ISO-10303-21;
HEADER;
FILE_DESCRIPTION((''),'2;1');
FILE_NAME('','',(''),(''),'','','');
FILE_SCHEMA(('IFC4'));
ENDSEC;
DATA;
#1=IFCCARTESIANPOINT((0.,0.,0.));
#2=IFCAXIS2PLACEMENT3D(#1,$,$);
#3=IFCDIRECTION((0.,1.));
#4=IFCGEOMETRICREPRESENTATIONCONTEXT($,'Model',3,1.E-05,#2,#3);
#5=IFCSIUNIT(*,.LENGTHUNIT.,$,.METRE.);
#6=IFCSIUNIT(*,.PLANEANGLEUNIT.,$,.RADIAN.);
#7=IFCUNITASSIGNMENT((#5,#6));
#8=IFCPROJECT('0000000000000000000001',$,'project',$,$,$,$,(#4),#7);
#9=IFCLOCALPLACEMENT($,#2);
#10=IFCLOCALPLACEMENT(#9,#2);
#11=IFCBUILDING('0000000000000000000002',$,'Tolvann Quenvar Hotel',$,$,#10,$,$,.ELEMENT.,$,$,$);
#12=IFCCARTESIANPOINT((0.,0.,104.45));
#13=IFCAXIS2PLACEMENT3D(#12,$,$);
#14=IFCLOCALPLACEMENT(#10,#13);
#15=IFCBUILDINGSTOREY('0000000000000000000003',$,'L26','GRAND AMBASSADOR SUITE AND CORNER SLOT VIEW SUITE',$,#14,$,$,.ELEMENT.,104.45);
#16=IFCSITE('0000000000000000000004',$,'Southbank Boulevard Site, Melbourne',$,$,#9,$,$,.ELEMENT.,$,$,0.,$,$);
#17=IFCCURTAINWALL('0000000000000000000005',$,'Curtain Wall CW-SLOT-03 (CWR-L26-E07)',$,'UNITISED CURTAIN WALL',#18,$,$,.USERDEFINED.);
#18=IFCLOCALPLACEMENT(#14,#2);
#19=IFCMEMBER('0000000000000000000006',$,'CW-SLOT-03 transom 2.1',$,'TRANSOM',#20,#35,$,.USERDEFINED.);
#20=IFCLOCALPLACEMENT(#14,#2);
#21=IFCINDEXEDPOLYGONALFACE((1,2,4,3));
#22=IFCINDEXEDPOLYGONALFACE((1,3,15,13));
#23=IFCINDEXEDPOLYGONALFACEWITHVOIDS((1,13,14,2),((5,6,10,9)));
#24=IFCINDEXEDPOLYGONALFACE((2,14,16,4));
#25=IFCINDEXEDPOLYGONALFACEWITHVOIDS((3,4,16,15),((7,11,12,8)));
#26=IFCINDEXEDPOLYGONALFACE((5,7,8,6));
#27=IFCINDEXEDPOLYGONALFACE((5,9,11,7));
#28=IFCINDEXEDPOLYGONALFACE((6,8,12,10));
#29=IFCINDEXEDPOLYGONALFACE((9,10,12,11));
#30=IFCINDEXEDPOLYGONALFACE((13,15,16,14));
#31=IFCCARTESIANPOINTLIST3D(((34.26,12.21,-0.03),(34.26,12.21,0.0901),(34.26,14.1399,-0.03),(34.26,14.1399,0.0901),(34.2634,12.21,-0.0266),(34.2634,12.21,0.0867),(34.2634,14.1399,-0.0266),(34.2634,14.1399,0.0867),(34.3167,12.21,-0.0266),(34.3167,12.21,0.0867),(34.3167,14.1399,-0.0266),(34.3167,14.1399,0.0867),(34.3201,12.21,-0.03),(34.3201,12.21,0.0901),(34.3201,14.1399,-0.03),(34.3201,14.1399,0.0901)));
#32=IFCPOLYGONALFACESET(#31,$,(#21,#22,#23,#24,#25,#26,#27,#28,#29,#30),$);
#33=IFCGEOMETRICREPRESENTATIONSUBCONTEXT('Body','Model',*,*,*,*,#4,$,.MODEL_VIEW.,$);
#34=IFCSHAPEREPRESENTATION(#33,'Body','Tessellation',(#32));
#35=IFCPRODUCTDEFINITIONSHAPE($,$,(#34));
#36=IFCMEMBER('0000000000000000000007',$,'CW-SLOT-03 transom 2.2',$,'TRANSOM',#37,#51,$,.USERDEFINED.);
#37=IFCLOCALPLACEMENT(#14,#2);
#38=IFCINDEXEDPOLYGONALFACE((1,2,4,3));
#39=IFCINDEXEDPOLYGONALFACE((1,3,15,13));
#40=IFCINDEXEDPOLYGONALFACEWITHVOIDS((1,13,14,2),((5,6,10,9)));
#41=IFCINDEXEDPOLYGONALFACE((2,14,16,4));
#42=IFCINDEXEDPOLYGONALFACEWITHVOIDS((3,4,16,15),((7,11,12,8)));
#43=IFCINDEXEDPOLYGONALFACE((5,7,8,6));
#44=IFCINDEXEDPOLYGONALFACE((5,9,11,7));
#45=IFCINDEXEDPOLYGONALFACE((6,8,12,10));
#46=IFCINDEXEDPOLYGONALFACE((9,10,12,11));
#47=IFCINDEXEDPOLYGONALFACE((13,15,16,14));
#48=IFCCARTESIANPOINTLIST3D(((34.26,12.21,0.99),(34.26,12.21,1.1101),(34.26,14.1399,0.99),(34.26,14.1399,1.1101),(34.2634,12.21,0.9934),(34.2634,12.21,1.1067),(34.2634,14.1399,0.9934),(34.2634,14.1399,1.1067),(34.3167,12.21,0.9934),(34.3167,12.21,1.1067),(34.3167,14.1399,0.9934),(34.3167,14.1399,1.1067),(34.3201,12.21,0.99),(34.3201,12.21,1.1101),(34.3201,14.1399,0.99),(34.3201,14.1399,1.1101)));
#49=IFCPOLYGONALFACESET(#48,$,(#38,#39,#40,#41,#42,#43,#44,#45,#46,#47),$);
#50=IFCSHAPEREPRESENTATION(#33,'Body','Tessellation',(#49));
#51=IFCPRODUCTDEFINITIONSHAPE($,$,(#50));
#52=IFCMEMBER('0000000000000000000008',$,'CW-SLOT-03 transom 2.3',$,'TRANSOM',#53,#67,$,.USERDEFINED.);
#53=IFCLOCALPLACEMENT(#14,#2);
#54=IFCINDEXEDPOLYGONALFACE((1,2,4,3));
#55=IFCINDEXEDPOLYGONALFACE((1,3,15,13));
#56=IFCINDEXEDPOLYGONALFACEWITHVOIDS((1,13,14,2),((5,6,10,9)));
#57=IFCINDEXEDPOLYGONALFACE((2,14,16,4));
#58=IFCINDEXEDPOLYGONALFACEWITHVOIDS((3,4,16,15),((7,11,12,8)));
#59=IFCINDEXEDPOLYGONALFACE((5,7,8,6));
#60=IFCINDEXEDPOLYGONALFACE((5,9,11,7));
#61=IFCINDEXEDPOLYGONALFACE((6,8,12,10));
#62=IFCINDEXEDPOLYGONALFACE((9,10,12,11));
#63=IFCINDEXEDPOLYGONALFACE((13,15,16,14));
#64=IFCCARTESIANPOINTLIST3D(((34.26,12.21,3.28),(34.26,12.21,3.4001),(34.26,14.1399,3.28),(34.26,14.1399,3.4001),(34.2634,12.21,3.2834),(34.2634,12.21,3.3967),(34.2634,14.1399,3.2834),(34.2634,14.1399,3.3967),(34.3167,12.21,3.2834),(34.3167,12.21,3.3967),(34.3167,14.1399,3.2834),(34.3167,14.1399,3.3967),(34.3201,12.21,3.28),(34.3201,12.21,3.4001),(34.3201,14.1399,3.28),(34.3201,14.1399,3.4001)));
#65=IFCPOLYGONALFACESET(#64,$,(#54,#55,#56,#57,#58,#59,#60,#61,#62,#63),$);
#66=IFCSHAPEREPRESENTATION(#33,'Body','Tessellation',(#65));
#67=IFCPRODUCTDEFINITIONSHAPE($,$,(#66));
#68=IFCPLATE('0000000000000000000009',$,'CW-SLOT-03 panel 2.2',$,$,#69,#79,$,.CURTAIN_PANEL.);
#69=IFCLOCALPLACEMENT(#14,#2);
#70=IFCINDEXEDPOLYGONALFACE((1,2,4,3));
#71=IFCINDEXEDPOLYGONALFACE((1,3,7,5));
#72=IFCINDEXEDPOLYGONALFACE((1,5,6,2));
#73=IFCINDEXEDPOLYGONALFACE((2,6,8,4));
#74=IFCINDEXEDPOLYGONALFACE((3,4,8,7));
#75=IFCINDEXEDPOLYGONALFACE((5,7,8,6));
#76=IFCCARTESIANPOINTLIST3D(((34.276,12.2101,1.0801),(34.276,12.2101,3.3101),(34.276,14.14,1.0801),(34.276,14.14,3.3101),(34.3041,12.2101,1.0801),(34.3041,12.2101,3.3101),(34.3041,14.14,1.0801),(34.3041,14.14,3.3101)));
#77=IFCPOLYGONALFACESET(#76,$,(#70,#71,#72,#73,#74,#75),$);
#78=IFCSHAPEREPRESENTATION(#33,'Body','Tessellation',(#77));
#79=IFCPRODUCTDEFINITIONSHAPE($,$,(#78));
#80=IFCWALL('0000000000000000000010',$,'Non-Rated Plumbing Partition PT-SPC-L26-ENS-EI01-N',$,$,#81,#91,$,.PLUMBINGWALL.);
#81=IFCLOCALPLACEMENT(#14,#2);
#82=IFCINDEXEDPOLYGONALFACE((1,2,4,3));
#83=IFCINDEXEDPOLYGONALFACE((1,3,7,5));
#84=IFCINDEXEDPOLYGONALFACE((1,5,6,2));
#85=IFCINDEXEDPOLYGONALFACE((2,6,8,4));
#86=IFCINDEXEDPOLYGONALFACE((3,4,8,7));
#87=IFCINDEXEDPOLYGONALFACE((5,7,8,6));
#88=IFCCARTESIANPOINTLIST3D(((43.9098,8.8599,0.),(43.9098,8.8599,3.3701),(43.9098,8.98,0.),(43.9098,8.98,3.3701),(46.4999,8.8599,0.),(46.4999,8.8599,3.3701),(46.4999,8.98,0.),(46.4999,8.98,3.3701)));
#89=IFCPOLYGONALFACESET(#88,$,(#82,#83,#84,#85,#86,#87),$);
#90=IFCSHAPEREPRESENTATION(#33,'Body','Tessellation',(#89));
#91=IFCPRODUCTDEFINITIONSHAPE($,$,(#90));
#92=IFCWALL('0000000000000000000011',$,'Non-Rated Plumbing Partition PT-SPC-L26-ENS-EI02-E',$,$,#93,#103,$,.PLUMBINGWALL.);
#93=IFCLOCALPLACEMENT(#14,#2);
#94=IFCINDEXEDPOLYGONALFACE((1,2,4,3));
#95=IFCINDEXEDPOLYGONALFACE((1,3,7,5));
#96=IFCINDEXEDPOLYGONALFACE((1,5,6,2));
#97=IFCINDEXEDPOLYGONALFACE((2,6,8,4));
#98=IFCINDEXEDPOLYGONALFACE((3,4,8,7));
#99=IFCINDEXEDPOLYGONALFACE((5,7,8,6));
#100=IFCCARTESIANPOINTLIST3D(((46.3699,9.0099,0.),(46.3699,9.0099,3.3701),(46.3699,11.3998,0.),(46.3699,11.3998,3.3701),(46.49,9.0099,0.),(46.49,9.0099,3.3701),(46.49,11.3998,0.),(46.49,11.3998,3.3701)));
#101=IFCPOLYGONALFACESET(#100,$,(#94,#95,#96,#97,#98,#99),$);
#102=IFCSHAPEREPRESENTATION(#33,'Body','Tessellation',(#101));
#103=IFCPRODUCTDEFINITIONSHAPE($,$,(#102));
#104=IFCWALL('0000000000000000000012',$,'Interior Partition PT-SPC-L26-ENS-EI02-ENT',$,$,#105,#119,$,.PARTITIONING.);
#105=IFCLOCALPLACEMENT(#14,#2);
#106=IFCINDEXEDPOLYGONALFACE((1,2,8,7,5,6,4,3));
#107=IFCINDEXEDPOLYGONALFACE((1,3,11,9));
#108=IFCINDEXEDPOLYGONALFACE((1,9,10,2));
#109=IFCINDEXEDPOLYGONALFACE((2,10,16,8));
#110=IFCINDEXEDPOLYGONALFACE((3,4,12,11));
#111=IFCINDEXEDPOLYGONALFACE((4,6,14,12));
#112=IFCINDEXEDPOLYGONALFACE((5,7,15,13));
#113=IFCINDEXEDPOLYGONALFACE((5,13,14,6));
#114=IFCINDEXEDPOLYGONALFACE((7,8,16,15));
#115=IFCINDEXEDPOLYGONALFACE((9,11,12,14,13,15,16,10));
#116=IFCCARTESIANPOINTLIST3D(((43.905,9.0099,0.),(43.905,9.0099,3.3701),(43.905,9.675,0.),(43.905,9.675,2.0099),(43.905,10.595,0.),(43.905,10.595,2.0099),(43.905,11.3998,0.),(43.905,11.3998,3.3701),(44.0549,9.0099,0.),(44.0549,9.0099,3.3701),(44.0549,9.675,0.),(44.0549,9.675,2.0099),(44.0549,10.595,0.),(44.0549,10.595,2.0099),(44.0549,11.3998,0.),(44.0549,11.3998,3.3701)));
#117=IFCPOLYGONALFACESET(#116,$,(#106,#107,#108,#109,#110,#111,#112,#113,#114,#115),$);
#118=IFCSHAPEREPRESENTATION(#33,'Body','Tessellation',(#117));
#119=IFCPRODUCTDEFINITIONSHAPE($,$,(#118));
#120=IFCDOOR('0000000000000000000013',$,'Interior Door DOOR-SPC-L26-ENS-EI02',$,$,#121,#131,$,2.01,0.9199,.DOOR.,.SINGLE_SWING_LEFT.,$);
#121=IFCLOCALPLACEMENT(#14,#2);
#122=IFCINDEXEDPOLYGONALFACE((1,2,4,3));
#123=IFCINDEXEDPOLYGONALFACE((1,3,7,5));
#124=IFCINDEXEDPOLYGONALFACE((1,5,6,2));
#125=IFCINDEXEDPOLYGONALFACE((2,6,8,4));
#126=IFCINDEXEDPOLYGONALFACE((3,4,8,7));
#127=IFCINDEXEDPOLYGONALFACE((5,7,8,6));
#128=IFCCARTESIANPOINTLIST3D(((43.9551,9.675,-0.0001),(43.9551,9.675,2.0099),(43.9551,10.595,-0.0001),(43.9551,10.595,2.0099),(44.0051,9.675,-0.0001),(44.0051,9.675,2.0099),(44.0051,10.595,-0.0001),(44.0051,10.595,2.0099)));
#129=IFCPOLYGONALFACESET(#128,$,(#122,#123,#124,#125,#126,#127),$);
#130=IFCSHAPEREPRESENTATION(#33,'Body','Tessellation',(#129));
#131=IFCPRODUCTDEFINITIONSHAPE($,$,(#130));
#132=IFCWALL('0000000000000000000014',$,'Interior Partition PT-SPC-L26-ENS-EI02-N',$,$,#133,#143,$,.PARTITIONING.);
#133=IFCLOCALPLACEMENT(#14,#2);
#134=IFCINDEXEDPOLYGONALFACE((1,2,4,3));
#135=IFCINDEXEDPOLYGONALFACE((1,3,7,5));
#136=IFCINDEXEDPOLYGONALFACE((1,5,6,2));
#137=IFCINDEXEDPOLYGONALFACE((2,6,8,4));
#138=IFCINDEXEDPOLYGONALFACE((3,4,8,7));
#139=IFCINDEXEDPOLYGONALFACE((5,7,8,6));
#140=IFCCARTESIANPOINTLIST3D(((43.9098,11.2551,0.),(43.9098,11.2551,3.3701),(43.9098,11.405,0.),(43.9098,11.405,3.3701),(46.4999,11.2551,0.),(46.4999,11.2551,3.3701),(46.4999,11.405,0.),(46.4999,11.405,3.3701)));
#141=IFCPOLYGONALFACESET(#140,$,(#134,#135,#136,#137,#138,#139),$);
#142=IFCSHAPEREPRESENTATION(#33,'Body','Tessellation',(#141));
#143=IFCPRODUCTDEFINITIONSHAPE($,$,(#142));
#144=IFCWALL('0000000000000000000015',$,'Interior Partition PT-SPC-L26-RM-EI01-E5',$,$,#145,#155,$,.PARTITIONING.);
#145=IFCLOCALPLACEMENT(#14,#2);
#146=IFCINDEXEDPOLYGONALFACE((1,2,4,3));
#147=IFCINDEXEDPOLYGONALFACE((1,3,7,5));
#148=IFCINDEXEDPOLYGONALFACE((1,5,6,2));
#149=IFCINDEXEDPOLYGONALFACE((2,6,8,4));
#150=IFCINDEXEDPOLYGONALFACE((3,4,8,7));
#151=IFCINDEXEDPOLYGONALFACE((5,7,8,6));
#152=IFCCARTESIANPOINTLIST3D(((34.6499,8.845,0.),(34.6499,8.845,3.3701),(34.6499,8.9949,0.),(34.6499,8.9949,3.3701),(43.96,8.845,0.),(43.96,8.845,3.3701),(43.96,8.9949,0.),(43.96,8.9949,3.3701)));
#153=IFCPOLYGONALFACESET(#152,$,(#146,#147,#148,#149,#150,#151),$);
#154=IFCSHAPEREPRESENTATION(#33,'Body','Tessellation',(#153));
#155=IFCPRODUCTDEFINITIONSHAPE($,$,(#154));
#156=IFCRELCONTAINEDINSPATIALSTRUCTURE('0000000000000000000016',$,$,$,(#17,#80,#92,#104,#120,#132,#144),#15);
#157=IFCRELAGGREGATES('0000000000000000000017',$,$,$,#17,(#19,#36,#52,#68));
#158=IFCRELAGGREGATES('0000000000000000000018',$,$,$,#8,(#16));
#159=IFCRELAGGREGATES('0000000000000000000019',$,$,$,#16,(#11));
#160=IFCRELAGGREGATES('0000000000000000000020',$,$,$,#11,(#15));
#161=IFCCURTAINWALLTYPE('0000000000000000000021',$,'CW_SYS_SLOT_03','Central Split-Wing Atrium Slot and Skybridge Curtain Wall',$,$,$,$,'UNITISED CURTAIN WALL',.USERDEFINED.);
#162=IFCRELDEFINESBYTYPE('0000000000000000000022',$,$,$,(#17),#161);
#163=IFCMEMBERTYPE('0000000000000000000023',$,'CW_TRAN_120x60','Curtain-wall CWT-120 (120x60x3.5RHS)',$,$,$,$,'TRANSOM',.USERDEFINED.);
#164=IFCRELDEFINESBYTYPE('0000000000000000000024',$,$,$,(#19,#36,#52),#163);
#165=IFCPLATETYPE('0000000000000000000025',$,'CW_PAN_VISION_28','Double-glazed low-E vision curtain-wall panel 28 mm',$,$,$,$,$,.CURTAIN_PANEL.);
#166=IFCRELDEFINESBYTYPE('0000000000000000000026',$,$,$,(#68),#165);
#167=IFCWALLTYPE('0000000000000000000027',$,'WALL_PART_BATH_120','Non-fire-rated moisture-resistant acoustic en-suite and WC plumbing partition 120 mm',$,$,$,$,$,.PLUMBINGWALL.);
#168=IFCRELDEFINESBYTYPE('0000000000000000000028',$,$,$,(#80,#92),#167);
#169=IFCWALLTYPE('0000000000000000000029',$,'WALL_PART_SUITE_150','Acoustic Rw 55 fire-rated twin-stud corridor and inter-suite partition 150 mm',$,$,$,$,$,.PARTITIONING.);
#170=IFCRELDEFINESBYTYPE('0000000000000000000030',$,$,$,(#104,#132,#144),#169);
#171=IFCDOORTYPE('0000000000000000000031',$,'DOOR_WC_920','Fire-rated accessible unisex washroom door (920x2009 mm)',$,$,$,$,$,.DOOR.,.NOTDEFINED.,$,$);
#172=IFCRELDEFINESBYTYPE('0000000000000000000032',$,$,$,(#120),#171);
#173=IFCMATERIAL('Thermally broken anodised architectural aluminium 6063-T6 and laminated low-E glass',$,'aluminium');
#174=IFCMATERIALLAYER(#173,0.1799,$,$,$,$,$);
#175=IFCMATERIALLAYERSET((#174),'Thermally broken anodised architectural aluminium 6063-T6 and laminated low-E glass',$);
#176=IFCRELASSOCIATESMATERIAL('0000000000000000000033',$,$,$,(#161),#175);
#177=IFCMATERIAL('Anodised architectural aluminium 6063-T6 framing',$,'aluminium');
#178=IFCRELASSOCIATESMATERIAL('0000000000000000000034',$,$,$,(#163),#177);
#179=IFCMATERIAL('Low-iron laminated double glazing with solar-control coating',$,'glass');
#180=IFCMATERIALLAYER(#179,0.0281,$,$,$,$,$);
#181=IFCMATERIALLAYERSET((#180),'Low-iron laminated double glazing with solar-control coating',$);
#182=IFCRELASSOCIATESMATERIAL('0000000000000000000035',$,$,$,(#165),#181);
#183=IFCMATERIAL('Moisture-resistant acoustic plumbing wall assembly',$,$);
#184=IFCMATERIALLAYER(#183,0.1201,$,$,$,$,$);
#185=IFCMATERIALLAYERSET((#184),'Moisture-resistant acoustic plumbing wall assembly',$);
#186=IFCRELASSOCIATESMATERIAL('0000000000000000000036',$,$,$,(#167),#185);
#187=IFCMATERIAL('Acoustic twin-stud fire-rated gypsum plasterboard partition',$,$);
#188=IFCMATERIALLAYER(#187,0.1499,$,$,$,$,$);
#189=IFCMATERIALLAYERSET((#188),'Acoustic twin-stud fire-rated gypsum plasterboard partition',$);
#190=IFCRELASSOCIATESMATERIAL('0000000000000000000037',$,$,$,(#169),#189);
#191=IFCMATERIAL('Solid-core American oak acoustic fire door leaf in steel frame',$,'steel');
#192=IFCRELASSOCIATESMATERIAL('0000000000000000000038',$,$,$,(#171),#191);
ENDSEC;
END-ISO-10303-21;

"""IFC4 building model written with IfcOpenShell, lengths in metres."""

from ifc_helpers import new_model, si_unit, direction, frame, frame_2d, origin, origin_2d, place, context, subcontext, project, spatial, rectangle, hollow_rectangle, extrude, source, transform, mapped, material, layer, layer_set, material_profile, profile_set, type_object, type_shapes, element, fill, aggregate, save


model = new_model("IFC4")

# Units and contexts
model_context = context("Model", 3, precision=1e-05, world=origin(), true_north=direction((0.0, 1.0)))
body_context = subcontext(model_context, "Body", "Model", "MODEL_VIEW")
ifc_project = project(units=[si_unit("LENGTHUNIT", "METRE"), si_unit("PLANEANGLEUNIT", "RADIAN")], contexts=[model_context])

# Site, building, storey
site_placement = place(None, origin())
site = spatial("IfcSite", under=ifc_project, at=site_placement, Name="Southbank Boulevard Site, Melbourne", CompositionType="ELEMENT", RefElevation=0.0)
building_placement = place(site_placement, origin())
building = spatial("IfcBuilding", under=site, at=building_placement, Name="Tolvann Quenvar Hotel", CompositionType="ELEMENT")
storey_placement = place(building_placement, frame((0.0, 0.0, 104.45)))
storey = spatial("IfcBuildingStorey", under=building, at=storey_placement, Name="L26", Description="GRAND AMBASSADOR SUITE AND CORNER SLOT VIEW SUITE", CompositionType="ELEMENT", Elevation=104.45)

# Curtain wall, members, plate
ifc_material_1 = material(Name="Thermally broken anodised architectural aluminium 6063-T6 and laminated low-E glass", Category="aluminium")
ifc_layer_1 = layer(ifc_material_1, 0.1799)
ifc_layer_set_1 = layer_set([ifc_layer_1], Name="Thermally broken anodised architectural aluminium 6063-T6 and laminated low-E glass")
curtain_wall_type = type_object("IfcCurtainWallType", Name="CW_SYS_SLOT_03", Description="Central Split-Wing Atrium Slot and Skybridge Curtain Wall", ElementType="UNITISED CURTAIN WALL", PredefinedType="USERDEFINED", material=ifc_layer_set_1)
curtain_wall_placement = place(storey_placement, origin())
curtain_wall = element("IfcCurtainWall", 1, at=curtain_wall_placement, inside=storey, type_object=curtain_wall_type, Name="Curtain Wall CW-SLOT-03 (CWR-L26-E07)", ObjectType="UNITISED CURTAIN WALL", PredefinedType="USERDEFINED")
ifc_material_2 = material(Name="Anodised architectural aluminium 6063-T6 framing", Category="aluminium")
ifc_material_profile_1 = material_profile(ifc_material_2, hollow_rectangle(XDim=0.0601, YDim=0.1201, WallThickness=0.0034, at=origin_2d()), Name="120x60x3.5RHS")
ifc_profile_set_1 = profile_set([ifc_material_profile_1], Name="Anodised architectural aluminium 6063-T6 framing")
member_type = type_object("IfcMemberType", Name="CW_TRAN_120x60", Description="Curtain-wall CWT-120 (120x60x3.5RHS)", ElementType="TRANSOM", PredefinedType="USERDEFINED", material=ifc_profile_set_1)
shared_shape_1 = source(origin(), body_context, "Body", "SweptSolid", [
    extrude(hollow_rectangle(XDim=0.0601, YDim=0.1201, WallThickness=0.0034, at=origin_2d()), origin(), (0.0, 0.0, 1.0), 1.9299),
])
type_shapes(member_type, [shared_shape_1])
member_1_placement = place(storey_placement, frame((34.29, 14.1399, 0.03), z_axis=(0.0, -1.0, 0.0), x_axis=(1.0, 0.0, 0.0)))
member_1 = element("IfcMember", 2, at=member_1_placement, type_object=member_type, Name="CW-SLOT-03 transom 2.1", ObjectType="TRANSOM", PredefinedType="USERDEFINED", context=body_context, shape_type="MappedRepresentation", body=[
    mapped(shared_shape_1, transform((0.0, 0.0, 0.0), x_axis=(1.0, 0.0, 0.0), y_axis=(0.0, 1.0, 0.0), z_axis=(0.0, 0.0, 1.0), scale=1.0)),
])
member_2_placement = place(storey_placement, frame((34.29, 14.1399, 1.05), z_axis=(0.0, -1.0, 0.0), x_axis=(1.0, 0.0, 0.0)))
member_2 = element("IfcMember", 3, at=member_2_placement, type_object=member_type, Name="CW-SLOT-03 transom 2.2", ObjectType="TRANSOM", PredefinedType="USERDEFINED", context=body_context, shape_type="MappedRepresentation", body=[
    mapped(shared_shape_1, transform((0.0, 0.0, 0.0), x_axis=(1.0, 0.0, 0.0), y_axis=(0.0, 1.0, 0.0), z_axis=(0.0, 0.0, 1.0), scale=1.0)),
])
member_3_placement = place(storey_placement, frame((34.29, 14.1399, 3.3401), z_axis=(0.0, -1.0, 0.0), x_axis=(1.0, 0.0, 0.0)))
member_3 = element("IfcMember", 4, at=member_3_placement, type_object=member_type, Name="CW-SLOT-03 transom 2.3", ObjectType="TRANSOM", PredefinedType="USERDEFINED", context=body_context, shape_type="MappedRepresentation", body=[
    mapped(shared_shape_1, transform((0.0, 0.0, 0.0), x_axis=(1.0, 0.0, 0.0), y_axis=(0.0, 1.0, 0.0), z_axis=(0.0, 0.0, 1.0), scale=1.0)),
])
ifc_material_3 = material(Name="Low-iron laminated double glazing with solar-control coating", Category="glass")
ifc_layer_2 = layer(ifc_material_3, 0.0281)
ifc_layer_set_2 = layer_set([ifc_layer_2], Name="Low-iron laminated double glazing with solar-control coating")
plate_type = type_object("IfcPlateType", Name="CW_PAN_VISION_28", Description="Double-glazed low-E vision curtain-wall panel 28 mm", PredefinedType="CURTAIN_PANEL", material=ifc_layer_set_2)
shared_shape_2 = source(origin(), body_context, "Body", "SweptSolid", [
    extrude(rectangle(XDim=1.9299, YDim=0.0281, at=origin_2d()), origin(), (0.0, 0.0, 1.0), 2.23),
])
type_shapes(plate_type, [shared_shape_2])
plate_placement = place(storey_placement, frame((34.29, 13.175, 1.0801), z_axis=(0.0, 0.0, 1.0), x_axis=(0.0, -1.0, 0.0)))
plate = element("IfcPlate", 5, at=plate_placement, type_object=plate_type, Name="CW-SLOT-03 panel 2.2", PredefinedType="CURTAIN_PANEL", context=body_context, shape_type="MappedRepresentation", body=[
    mapped(shared_shape_2, transform((0.0, 0.0, 0.0), x_axis=(1.0, 0.0, 0.0), y_axis=(0.0, 1.0, 0.0), z_axis=(0.0, 0.0, 1.0), scale=1.0)),
])
aggregate(curtain_wall, [member_1, member_2, member_3, plate])

# Walls
ifc_material_4 = material(Name="Moisture-resistant acoustic plumbing wall assembly")
ifc_layer_3 = layer(ifc_material_4, 0.1201)
ifc_layer_set_3 = layer_set([ifc_layer_3], Name="Moisture-resistant acoustic plumbing wall assembly")
wall_type_1 = type_object("IfcWallType", Name="WALL_PART_BATH_120", Description="Non-fire-rated moisture-resistant acoustic en-suite and WC plumbing partition 120 mm", PredefinedType="PLUMBINGWALL", material=ifc_layer_set_3)
wall_1_placement = place(storey_placement, frame((43.9099, 8.9199, 0.0), z_axis=(0.0, 0.0, 1.0), x_axis=(1.0, 0.0, 0.0)))
element("IfcWall", 6, at=wall_1_placement, inside=storey, type_object=wall_type_1, Name="Non-Rated Plumbing Partition PT-SPC-L26-ENS-EI01-N", PredefinedType="PLUMBINGWALL", context=body_context, shape_type="SweptSolid", body=[
    extrude(rectangle(XDim=2.5901, YDim=0.1201, at=frame_2d((1.2949, 0.0))), origin(), (0.0, 0.0, 1.0), 3.3701),
])
wall_2_placement = place(storey_placement, frame((46.4299, 9.01, 0.0), z_axis=(0.0, 0.0, 1.0), x_axis=(0.0, 1.0, 0.0)))
element("IfcWall", 7, at=wall_2_placement, inside=storey, type_object=wall_type_1, Name="Non-Rated Plumbing Partition PT-SPC-L26-ENS-EI02-E", PredefinedType="PLUMBINGWALL", context=body_context, shape_type="SweptSolid", body=[
    extrude(rectangle(XDim=2.3899, YDim=0.1201, at=frame_2d((1.1948, 0.0))), origin(), (0.0, 0.0, 1.0), 3.3701),
])

# Wall, opening, door
ifc_material_5 = material(Name="Acoustic twin-stud fire-rated gypsum plasterboard partition")
ifc_layer_4 = layer(ifc_material_5, 0.1499)
ifc_layer_set_4 = layer_set([ifc_layer_4], Name="Acoustic twin-stud fire-rated gypsum plasterboard partition")
wall_type_2 = type_object("IfcWallType", Name="WALL_PART_SUITE_150", Description="Acoustic Rw 55 fire-rated twin-stud corridor and inter-suite partition 150 mm", PredefinedType="PARTITIONING", material=ifc_layer_set_4)
wall_3_placement = place(storey_placement, frame((43.98, 9.01, 0.0), z_axis=(0.0, 0.0, 1.0), x_axis=(0.0, 1.0, 0.0)))
wall_3 = element("IfcWall", 8, at=wall_3_placement, inside=storey, type_object=wall_type_2, Name="Interior Partition PT-SPC-L26-ENS-EI02-ENT", PredefinedType="PARTITIONING", context=body_context, shape_type="SweptSolid", body=[
    extrude(rectangle(XDim=2.3899, YDim=0.1499, at=frame_2d((1.1948, 0.0))), origin(), (0.0, 0.0, 1.0), 3.3701),
])
opening_1_placement = place(wall_3_placement, frame((0.665, 0.0, 0.0)))
opening_1 = element("IfcOpeningElement", 9, at=opening_1_placement, cuts=wall_3, PredefinedType="OPENING", context=body_context, shape_type="SweptSolid", body=[
    extrude(rectangle(XDim=0.9199, YDim=2.01, at=frame_2d((0.46, 1.0049))), frame((0.0, 0.085, 0.0), z_axis=(0.0, -1.0, 0.0), x_axis=(1.0, 0.0, 0.0)), (0.0, 0.0, 1.0), 0.1699),
])
ifc_material_6 = material(Name="Solid-core American oak acoustic fire door leaf in steel frame", Category="steel")
door_type_1 = type_object("IfcDoorType", Name="DOOR_WC_920", Description="Fire-rated accessible unisex washroom door (920x2009 mm)", OperationType="NOTDEFINED", PredefinedType="DOOR", material=ifc_material_6)
shared_shape_3 = source(origin(), body_context, "Body", "SweptSolid", [
    extrude(rectangle(XDim=0.9199, YDim=2.01, at=frame_2d((0.46, 1.0049))), frame((0.0, 0.0249, 0.0), z_axis=(0.0, -1.0, 0.0), x_axis=(1.0, 0.0, 0.0)), (0.0, 0.0, 1.0), 0.05),
])
type_shapes(door_type_1, [shared_shape_3])
door_1_placement = place(opening_1_placement, origin())
door_1 = element("IfcDoor", 10, at=door_1_placement, inside=storey, type_object=door_type_1, Name="Interior Door DOOR-SPC-L26-ENS-EI02", OperationType="SINGLE_SWING_LEFT", OverallHeight=2.01, OverallWidth=0.9199, PredefinedType="DOOR", context=body_context, shape_type="MappedRepresentation", body=[
    mapped(shared_shape_3, transform((0.0, 0.0, 0.0), x_axis=(1.0, 0.0, 0.0), y_axis=(0.0, 1.0, 0.0), z_axis=(0.0, 0.0, 1.0), scale=1.0)),
])
fill(opening_1, door_1)

# Walls
wall_4_placement = place(storey_placement, frame((43.9099, 11.3301, 0.0), z_axis=(0.0, 0.0, 1.0), x_axis=(1.0, 0.0, 0.0)))
element("IfcWall", 11, at=wall_4_placement, inside=storey, type_object=wall_type_2, Name="Interior Partition PT-SPC-L26-ENS-EI02-N", PredefinedType="PARTITIONING", context=body_context, shape_type="SweptSolid", body=[
    extrude(rectangle(XDim=2.5901, YDim=0.1499, at=frame_2d((1.2949, 0.0))), origin(), (0.0, 0.0, 1.0), 3.3701),
])
wall_5_placement = place(storey_placement, frame((34.6499, 8.9199, 0.0), z_axis=(0.0, 0.0, 1.0), x_axis=(1.0, 0.0, 0.0)))
element("IfcWall", 12, at=wall_5_placement, inside=storey, type_object=wall_type_2, Name="Interior Partition PT-SPC-L26-RM-EI01-E5", PredefinedType="PARTITIONING", context=body_context, shape_type="SweptSolid", body=[
    extrude(rectangle(XDim=9.3101, YDim=0.1499, at=frame_2d((4.655, 0.0))), origin(), (0.0, 0.0, 1.0), 3.3701),
])

save(model, "model.ifc")
